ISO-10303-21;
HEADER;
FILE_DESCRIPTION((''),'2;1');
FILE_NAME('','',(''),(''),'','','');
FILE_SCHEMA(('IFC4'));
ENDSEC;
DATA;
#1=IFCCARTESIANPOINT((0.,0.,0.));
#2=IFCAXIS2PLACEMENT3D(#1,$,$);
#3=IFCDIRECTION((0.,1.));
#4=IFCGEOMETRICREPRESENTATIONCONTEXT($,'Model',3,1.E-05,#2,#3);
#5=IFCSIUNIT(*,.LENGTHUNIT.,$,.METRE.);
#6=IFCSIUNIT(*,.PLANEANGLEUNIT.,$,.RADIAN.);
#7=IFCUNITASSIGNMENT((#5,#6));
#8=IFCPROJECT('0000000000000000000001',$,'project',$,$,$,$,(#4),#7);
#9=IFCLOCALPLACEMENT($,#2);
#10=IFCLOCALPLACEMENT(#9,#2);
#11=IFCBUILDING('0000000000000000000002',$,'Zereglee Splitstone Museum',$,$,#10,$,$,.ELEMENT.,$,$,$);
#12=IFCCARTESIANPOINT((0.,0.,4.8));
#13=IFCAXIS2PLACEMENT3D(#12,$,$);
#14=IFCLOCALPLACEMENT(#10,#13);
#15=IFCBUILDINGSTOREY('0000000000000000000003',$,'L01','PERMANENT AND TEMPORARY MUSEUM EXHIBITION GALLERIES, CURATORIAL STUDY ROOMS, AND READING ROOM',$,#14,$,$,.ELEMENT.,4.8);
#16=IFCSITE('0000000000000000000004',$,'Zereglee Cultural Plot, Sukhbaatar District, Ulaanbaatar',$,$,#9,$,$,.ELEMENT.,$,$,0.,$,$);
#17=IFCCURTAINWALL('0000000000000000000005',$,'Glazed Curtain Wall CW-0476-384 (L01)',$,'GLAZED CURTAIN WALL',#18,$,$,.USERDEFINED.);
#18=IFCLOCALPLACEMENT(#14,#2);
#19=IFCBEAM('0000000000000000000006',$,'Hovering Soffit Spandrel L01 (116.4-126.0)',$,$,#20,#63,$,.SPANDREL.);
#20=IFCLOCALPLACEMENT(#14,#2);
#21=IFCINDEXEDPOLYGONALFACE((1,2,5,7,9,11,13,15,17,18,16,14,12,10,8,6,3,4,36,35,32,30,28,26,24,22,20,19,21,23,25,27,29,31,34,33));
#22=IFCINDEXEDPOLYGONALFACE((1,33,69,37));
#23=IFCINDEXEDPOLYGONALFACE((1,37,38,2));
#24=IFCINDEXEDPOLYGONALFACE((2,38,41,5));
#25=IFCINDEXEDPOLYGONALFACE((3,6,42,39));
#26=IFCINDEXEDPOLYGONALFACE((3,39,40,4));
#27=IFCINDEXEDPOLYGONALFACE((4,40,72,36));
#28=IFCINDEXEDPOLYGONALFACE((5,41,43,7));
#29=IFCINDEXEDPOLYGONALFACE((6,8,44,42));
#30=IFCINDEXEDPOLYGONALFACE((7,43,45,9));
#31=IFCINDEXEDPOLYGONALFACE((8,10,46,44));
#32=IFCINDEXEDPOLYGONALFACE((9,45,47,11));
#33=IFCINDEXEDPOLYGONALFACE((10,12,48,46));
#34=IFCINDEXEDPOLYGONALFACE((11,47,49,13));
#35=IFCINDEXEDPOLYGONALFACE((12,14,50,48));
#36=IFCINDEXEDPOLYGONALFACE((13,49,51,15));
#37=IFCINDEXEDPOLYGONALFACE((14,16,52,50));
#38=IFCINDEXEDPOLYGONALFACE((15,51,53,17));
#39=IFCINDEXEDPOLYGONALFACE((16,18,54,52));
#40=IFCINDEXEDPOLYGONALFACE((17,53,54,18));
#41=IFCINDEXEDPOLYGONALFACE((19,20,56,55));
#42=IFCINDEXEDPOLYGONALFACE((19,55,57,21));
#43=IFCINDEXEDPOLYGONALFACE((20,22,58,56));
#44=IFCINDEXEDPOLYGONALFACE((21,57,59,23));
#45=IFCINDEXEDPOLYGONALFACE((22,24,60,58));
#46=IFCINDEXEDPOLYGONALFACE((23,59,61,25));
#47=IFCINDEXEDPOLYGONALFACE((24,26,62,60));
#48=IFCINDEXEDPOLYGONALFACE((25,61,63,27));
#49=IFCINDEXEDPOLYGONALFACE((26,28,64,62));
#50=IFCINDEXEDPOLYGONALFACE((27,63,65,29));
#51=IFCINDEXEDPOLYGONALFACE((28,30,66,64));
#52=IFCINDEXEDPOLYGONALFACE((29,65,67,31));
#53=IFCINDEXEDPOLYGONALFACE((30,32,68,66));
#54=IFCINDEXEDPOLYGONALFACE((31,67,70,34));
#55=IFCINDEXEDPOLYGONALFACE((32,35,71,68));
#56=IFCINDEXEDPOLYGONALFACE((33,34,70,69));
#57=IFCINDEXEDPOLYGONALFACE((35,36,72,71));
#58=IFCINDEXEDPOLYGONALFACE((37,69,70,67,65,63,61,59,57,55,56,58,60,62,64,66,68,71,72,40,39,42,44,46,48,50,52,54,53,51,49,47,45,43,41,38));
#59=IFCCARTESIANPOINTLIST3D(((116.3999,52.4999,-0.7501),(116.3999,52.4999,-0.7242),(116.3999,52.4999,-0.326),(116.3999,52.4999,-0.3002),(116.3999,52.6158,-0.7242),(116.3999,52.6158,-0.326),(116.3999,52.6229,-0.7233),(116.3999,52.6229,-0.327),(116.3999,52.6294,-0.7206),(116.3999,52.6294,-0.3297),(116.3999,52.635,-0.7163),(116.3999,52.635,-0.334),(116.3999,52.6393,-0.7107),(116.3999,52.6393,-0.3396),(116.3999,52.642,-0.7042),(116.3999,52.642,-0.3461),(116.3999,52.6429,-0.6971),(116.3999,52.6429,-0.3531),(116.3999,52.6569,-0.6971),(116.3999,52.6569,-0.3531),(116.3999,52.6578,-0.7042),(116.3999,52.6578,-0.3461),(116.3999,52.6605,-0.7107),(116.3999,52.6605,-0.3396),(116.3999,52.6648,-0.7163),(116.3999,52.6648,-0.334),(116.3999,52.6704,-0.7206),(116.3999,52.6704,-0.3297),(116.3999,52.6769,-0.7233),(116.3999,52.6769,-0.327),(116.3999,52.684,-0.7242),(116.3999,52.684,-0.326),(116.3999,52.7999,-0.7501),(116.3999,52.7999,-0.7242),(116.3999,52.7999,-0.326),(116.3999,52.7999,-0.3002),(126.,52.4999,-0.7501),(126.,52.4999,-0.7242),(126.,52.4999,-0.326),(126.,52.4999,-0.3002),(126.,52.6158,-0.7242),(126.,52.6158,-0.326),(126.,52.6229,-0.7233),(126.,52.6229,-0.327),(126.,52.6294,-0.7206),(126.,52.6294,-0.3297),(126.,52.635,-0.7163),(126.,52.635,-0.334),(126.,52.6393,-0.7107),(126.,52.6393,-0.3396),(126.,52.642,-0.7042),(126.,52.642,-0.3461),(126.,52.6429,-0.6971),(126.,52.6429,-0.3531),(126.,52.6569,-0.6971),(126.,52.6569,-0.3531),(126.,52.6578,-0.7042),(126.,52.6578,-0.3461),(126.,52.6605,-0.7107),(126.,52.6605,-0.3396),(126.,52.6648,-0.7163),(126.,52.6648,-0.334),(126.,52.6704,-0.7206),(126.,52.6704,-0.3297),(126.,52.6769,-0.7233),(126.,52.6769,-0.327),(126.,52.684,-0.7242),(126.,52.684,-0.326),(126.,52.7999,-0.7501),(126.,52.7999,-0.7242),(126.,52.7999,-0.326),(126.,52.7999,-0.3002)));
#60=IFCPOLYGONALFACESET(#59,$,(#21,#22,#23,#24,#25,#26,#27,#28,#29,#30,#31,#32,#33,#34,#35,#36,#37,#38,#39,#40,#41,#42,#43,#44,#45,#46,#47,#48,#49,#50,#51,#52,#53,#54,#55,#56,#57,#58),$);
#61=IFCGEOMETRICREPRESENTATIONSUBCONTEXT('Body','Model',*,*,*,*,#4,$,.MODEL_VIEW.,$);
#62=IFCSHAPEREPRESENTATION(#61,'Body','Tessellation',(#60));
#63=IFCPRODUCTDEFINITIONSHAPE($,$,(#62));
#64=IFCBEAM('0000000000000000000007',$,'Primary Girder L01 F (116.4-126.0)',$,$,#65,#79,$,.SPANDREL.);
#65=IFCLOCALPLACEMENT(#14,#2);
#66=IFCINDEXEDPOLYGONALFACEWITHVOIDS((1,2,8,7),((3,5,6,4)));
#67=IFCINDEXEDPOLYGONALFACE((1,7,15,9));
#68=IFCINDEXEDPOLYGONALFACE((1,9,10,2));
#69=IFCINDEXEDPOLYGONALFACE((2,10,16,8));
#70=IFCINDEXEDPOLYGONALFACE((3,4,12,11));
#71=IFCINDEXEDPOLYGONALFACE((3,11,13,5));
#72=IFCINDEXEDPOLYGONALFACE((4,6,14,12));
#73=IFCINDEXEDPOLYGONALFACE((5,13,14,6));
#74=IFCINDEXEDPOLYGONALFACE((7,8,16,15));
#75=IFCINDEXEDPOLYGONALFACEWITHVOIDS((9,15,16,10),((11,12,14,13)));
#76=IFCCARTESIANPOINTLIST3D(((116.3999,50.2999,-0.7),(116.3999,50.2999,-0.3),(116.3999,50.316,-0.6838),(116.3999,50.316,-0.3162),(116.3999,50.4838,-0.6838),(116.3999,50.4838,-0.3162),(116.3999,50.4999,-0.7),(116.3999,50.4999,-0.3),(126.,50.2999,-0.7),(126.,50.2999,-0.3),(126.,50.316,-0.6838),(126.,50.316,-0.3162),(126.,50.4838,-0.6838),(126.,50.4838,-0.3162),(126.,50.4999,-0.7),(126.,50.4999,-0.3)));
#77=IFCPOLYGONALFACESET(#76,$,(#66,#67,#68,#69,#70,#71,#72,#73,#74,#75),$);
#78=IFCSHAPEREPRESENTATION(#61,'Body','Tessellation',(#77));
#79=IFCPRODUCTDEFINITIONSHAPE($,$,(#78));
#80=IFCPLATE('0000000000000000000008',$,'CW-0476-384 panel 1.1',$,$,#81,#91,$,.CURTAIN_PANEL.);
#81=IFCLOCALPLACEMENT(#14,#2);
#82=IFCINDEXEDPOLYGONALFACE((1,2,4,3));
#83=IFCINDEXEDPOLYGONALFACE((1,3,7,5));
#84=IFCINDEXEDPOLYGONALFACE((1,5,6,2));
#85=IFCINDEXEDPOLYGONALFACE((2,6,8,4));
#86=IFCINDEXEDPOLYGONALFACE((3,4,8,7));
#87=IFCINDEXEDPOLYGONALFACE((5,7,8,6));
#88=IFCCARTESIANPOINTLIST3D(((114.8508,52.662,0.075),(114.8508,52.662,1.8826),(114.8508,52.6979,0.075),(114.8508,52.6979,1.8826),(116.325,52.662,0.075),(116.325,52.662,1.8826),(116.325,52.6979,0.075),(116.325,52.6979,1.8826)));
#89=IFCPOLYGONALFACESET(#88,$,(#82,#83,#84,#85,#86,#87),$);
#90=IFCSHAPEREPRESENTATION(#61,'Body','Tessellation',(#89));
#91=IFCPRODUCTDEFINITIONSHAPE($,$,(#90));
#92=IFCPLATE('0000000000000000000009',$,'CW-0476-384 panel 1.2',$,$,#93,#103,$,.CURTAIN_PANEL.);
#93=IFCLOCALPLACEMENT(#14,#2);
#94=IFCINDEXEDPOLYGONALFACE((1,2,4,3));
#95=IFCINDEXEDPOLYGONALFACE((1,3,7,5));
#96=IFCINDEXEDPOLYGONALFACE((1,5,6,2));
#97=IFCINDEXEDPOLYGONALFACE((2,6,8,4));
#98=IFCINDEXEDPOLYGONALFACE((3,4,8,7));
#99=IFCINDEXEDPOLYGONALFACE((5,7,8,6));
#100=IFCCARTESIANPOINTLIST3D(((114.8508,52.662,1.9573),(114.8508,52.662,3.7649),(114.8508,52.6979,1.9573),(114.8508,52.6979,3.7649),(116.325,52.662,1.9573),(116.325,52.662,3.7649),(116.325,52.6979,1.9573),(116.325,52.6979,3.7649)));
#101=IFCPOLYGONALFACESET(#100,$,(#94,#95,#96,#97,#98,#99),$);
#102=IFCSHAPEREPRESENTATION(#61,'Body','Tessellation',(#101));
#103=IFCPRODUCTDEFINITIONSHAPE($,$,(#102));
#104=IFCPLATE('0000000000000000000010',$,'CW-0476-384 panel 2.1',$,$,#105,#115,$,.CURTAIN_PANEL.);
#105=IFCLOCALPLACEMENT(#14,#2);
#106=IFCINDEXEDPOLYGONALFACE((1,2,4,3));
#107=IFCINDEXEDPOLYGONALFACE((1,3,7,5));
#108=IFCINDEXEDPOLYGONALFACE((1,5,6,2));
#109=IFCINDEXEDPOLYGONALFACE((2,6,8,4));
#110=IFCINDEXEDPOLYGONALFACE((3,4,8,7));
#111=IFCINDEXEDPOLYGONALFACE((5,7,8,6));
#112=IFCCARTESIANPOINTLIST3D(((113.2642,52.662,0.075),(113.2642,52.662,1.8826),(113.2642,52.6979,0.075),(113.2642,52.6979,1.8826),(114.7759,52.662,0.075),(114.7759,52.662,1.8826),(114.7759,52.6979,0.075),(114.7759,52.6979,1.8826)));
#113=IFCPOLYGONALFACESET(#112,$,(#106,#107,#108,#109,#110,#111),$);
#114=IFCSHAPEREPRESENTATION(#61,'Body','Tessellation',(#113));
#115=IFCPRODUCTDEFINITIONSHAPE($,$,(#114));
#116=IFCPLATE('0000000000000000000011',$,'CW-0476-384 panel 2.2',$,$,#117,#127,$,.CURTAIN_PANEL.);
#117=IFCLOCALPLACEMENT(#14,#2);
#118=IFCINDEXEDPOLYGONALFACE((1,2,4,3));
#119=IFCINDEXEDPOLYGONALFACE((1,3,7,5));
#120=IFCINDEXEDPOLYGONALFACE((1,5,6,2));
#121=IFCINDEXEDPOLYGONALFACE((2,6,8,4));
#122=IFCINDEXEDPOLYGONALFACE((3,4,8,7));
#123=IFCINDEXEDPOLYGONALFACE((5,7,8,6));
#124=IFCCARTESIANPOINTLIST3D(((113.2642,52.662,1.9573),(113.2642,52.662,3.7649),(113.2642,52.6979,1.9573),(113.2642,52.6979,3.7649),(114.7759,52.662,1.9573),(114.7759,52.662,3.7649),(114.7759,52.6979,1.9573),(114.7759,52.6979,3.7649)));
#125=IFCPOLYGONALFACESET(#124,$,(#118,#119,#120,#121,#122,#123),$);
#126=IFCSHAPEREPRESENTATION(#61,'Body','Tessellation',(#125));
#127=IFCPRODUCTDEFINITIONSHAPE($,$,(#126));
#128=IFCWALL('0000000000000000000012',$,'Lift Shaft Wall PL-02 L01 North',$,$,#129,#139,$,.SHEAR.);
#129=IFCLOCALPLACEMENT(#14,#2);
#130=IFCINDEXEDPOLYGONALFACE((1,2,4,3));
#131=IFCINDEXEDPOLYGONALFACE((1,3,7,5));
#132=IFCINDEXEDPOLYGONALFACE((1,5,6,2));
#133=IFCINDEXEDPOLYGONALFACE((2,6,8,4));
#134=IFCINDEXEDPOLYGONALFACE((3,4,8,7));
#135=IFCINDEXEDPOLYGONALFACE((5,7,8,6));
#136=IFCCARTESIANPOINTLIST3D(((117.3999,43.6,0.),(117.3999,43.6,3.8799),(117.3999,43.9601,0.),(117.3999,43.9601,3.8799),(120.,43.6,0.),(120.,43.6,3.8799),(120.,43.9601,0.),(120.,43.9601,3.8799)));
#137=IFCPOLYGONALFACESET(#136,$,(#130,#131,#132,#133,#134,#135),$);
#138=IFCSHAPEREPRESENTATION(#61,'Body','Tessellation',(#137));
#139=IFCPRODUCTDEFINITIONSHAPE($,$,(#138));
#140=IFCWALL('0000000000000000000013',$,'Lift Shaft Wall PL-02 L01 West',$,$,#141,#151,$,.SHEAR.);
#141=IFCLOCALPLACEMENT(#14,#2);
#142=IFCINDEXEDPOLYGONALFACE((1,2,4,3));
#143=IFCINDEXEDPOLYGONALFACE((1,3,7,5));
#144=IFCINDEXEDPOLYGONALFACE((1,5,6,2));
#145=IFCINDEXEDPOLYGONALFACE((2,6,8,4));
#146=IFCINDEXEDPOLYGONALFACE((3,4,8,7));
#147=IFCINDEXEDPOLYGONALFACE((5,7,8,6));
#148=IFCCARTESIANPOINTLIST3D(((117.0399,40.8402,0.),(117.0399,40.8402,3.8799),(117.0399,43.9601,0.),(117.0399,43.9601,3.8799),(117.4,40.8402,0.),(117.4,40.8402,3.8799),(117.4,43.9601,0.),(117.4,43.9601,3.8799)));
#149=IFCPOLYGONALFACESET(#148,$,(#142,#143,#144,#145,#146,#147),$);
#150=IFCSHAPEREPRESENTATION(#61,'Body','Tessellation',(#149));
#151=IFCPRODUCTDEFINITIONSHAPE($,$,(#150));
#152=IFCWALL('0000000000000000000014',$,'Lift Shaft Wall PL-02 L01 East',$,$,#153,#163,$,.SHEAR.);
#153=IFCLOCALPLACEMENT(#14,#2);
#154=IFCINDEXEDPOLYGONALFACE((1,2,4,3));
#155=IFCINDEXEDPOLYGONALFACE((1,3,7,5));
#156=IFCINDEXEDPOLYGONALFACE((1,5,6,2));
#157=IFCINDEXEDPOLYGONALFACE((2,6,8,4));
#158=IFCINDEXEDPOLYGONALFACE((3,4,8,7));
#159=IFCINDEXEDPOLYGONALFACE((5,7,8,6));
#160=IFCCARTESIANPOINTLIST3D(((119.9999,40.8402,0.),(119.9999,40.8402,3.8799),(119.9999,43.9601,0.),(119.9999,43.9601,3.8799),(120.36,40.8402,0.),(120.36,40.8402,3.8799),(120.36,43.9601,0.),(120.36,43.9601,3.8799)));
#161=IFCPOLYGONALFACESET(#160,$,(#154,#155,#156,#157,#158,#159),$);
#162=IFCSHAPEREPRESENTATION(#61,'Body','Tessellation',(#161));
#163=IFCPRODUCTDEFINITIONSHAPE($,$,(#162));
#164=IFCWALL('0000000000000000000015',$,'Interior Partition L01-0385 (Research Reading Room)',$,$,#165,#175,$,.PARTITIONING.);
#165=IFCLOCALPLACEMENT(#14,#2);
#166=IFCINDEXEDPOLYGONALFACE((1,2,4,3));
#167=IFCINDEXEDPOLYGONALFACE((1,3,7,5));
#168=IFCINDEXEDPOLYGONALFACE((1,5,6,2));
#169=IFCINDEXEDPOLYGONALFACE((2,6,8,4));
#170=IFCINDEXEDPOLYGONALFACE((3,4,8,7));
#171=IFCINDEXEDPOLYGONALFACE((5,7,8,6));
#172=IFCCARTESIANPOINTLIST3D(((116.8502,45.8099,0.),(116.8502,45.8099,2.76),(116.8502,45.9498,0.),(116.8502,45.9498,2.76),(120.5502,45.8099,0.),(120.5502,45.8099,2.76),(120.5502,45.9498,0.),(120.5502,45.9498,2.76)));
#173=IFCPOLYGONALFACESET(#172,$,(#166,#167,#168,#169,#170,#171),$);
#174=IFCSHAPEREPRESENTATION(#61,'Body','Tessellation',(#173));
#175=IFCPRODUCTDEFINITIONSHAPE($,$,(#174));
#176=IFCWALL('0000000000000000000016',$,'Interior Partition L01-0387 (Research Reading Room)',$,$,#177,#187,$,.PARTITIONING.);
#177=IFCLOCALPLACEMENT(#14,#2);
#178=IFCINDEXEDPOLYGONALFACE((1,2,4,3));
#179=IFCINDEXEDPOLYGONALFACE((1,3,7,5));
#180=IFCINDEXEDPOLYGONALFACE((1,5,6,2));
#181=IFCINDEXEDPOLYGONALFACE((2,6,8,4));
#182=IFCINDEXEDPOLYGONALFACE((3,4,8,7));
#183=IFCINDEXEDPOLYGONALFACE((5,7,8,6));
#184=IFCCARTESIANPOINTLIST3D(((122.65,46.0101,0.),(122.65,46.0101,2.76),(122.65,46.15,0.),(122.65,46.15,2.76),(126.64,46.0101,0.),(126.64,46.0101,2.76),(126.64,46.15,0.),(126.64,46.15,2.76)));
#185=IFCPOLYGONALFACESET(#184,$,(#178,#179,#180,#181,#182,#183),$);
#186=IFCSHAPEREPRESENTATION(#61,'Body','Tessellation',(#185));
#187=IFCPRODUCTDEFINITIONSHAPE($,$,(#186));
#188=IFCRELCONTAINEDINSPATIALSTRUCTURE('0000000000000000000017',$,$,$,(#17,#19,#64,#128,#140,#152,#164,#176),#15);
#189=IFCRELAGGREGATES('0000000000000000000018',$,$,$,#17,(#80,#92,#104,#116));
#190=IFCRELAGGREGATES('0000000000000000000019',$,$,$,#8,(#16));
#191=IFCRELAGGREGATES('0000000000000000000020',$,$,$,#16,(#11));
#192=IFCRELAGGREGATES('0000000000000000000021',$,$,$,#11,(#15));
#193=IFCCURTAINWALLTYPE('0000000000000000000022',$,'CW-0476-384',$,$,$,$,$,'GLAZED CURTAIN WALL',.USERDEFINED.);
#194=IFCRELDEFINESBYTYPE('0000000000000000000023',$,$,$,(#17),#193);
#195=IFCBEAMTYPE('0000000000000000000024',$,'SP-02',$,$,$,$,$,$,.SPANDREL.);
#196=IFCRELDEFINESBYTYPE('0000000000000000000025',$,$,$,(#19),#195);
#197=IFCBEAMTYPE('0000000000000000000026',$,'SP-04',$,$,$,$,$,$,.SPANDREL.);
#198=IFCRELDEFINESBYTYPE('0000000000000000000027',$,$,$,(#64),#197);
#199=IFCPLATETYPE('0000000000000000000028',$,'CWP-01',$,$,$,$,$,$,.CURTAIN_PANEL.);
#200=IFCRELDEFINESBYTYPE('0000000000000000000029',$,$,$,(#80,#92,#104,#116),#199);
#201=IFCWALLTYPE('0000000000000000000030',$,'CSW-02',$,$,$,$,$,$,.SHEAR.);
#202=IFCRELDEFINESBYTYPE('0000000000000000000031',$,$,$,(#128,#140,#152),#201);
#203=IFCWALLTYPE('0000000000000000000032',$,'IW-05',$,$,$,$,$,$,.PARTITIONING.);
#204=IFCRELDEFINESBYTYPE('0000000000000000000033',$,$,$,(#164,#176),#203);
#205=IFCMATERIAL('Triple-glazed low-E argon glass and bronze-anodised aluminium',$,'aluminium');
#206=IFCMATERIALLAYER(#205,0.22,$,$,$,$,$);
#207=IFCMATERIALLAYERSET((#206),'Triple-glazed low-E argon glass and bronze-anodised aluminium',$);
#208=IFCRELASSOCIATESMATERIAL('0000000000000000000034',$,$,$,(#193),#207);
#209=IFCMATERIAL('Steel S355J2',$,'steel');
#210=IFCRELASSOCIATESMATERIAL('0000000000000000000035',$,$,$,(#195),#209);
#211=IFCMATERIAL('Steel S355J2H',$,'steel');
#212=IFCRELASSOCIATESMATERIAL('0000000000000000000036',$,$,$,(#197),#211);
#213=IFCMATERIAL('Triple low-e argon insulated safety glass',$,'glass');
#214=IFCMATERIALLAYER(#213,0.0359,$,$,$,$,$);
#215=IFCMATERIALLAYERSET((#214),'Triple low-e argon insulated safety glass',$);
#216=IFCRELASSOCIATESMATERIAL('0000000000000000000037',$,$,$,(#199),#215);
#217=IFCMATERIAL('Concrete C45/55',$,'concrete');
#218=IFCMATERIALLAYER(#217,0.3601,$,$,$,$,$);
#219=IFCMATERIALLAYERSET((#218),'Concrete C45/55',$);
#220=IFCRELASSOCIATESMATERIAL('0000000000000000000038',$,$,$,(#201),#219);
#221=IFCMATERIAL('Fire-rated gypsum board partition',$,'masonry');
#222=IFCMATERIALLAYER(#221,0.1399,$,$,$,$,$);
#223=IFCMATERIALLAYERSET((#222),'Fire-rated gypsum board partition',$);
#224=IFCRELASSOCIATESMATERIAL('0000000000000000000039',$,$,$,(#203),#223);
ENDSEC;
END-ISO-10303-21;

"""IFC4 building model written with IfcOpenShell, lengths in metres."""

from ifc_helpers import new_model, si_unit, direction, frame, frame_2d, origin, origin_2d, place, context, subcontext, project, spatial, rectangle, hollow_rectangle, i_section, extrude, material, layer, layer_set, material_profile, profile_set, type_object, element, aggregate, save


model = new_model("IFC4")

# Units and contexts
model_context = context("Model", 3, precision=1e-05, world=origin(), true_north=direction((0.0, 1.0)))
body_context = subcontext(model_context, "Body", "Model", "MODEL_VIEW")
ifc_project = project(units=[si_unit("LENGTHUNIT", "METRE"), si_unit("PLANEANGLEUNIT", "RADIAN")], contexts=[model_context])

# Site, building, storey
site_placement = place(None, origin())
site = spatial("IfcSite", under=ifc_project, at=site_placement, Name="Zereglee Cultural Plot, Sukhbaatar District, Ulaanbaatar", CompositionType="ELEMENT", RefElevation=0.0)
building_placement = place(site_placement, origin())
building = spatial("IfcBuilding", under=site, at=building_placement, Name="Zereglee Splitstone Museum", CompositionType="ELEMENT")
storey_placement = place(building_placement, frame((0.0, 0.0, 4.8)))
storey = spatial("IfcBuildingStorey", under=building, at=storey_placement, Name="L01", Description="PERMANENT AND TEMPORARY MUSEUM EXHIBITION GALLERIES, CURATORIAL STUDY ROOMS, AND READING ROOM", CompositionType="ELEMENT", Elevation=4.8)

# Shared definitions
ifc_material_1 = material(Name="Steel S355J2", Category="steel")

# Curtain wall
ifc_material_2 = material(Name="Triple-glazed low-E argon glass and bronze-anodised aluminium", Category="aluminium")
ifc_layer_1 = layer(ifc_material_2, 0.22)
ifc_layer_set_1 = layer_set([ifc_layer_1], Name="Triple-glazed low-E argon glass and bronze-anodised aluminium")
curtain_wall_type = type_object("IfcCurtainWallType", Name="CW-0476-384", ElementType="GLAZED CURTAIN WALL", PredefinedType="USERDEFINED", material=ifc_layer_set_1)
curtain_wall_placement = place(storey_placement, origin())
curtain_wall = element("IfcCurtainWall", 1, at=curtain_wall_placement, inside=storey, type_object=curtain_wall_type, Name="Glazed Curtain Wall CW-0476-384 (L01)", ObjectType="GLAZED CURTAIN WALL", PredefinedType="USERDEFINED")

# Beams
ifc_material_profile_1 = material_profile(ifc_material_1, i_section(OverallWidth=0.3, OverallDepth=0.45, WebThickness=0.0139, FlangeThickness=0.0259, FilletRadius=0.0271, at=origin_2d()), Name="HE 450 B")
ifc_profile_set_1 = profile_set([ifc_material_profile_1], Name="Steel S355J2")
beam_type_1 = type_object("IfcBeamType", Name="SP-02", PredefinedType="SPANDREL", material=ifc_profile_set_1)
beam_1_placement = place(storey_placement, frame((116.3999, 52.6499, -0.5251), z_axis=(1.0, 0.0, 0.0), x_axis=(0.0, 1.0, 0.0)))
element("IfcBeam", 2, at=beam_1_placement, inside=storey, type_object=beam_type_1, Name="Hovering Soffit Spandrel L01 (116.4-126.0)", PredefinedType="SPANDREL", context=body_context, shape_type="SweptSolid", body=[
    extrude(i_section(OverallWidth=0.3, OverallDepth=0.45, WebThickness=0.0139, FlangeThickness=0.0259, FilletRadius=0.0271, at=origin_2d()), origin(), (0.0, 0.0, 1.0), 9.6001),
])
ifc_material_3 = material(Name="Steel S355J2H", Category="steel")
ifc_material_profile_2 = material_profile(ifc_material_3, hollow_rectangle(XDim=0.2, YDim=0.3999, WallThickness=0.0161, at=origin_2d()), Name="RHS 400x200x16")
ifc_profile_set_2 = profile_set([ifc_material_profile_2], Name="Steel S355J2H")
beam_type_2 = type_object("IfcBeamType", Name="SP-04", PredefinedType="SPANDREL", material=ifc_profile_set_2)
beam_2_placement = place(storey_placement, frame((116.3999, 50.3999, -0.5), z_axis=(1.0, 0.0, 0.0), x_axis=(0.0, 1.0, 0.0)))
element("IfcBeam", 3, at=beam_2_placement, inside=storey, type_object=beam_type_2, Name="Primary Girder L01 F (116.4-126.0)", PredefinedType="SPANDREL", context=body_context, shape_type="SweptSolid", body=[
    extrude(hollow_rectangle(XDim=0.2, YDim=0.3999, WallThickness=0.0161, at=origin_2d()), origin(), (0.0, 0.0, 1.0), 9.6001),
])

# Plates
ifc_material_4 = material(Name="Triple low-e argon insulated safety glass", Category="glass")
ifc_layer_2 = layer(ifc_material_4, 0.0359)
ifc_layer_set_2 = layer_set([ifc_layer_2], Name="Triple low-e argon insulated safety glass")
plate_type = type_object("IfcPlateType", Name="CWP-01", PredefinedType="CURTAIN_PANEL", material=ifc_layer_set_2)
plate_1_placement = place(storey_placement, frame((115.5879, 52.6799, 0.075), z_axis=(0.0, 0.0, 1.0), x_axis=(-1.0, 0.0, 0.0)))
plate_1 = element("IfcPlate", 4, at=plate_1_placement, type_object=plate_type, Name="CW-0476-384 panel 1.1", PredefinedType="CURTAIN_PANEL", context=body_context, shape_type="SweptSolid", body=[
    extrude(rectangle(XDim=1.4741, YDim=0.0359, at=origin_2d()), origin(), (0.0, 0.0, 1.0), 1.8076),
])
plate_2_placement = place(storey_placement, frame((115.5879, 52.6799, 1.9573), z_axis=(0.0, 0.0, 1.0), x_axis=(-1.0, 0.0, 0.0)))
plate_2 = element("IfcPlate", 5, at=plate_2_placement, type_object=plate_type, Name="CW-0476-384 panel 1.2", PredefinedType="CURTAIN_PANEL", context=body_context, shape_type="SweptSolid", body=[
    extrude(rectangle(XDim=1.4741, YDim=0.0359, at=origin_2d()), origin(), (0.0, 0.0, 1.0), 1.8076),
])
plate_3_placement = place(storey_placement, frame((114.02, 52.6799, 0.075), z_axis=(0.0, 0.0, 1.0), x_axis=(-1.0, 0.0, 0.0)))
plate_3 = element("IfcPlate", 6, at=plate_3_placement, type_object=plate_type, Name="CW-0476-384 panel 2.1", PredefinedType="CURTAIN_PANEL", context=body_context, shape_type="SweptSolid", body=[
    extrude(rectangle(XDim=1.5117, YDim=0.0359, at=origin_2d()), origin(), (0.0, 0.0, 1.0), 1.8076),
])
plate_4_placement = place(storey_placement, frame((114.02, 52.6799, 1.9573), z_axis=(0.0, 0.0, 1.0), x_axis=(-1.0, 0.0, 0.0)))
plate_4 = element("IfcPlate", 7, at=plate_4_placement, type_object=plate_type, Name="CW-0476-384 panel 2.2", PredefinedType="CURTAIN_PANEL", context=body_context, shape_type="SweptSolid", body=[
    extrude(rectangle(XDim=1.5117, YDim=0.0359, at=origin_2d()), origin(), (0.0, 0.0, 1.0), 1.8076),
])
aggregate(curtain_wall, [plate_1, plate_2, plate_3, plate_4])

# Wall
ifc_material_5 = material(Name="Concrete C45/55", Category="concrete")
ifc_layer_3 = layer(ifc_material_5, 0.3601)
ifc_layer_set_3 = layer_set([ifc_layer_3], Name="Concrete C45/55")
wall_type_1 = type_object("IfcWallType", Name="CSW-02", PredefinedType="SHEAR", material=ifc_layer_set_3)
wall_1_placement = place(storey_placement, frame((117.3999, 43.78, 0.0), z_axis=(0.0, 0.0, 1.0), x_axis=(1.0, 0.0, 0.0)))
element("IfcWall", 8, at=wall_1_placement, inside=storey, type_object=wall_type_1, Name="Lift Shaft Wall PL-02 L01 North", PredefinedType="SHEAR", context=body_context, shape_type="SweptSolid", body=[
    extrude(rectangle(XDim=2.6001, YDim=0.3601, at=frame_2d((1.3, 0.0))), origin(), (0.0, 0.0, 1.0), 3.8799),
])

# Walls
for number, where, z_axis, x_axis, name in (
    (9, (117.22, 40.8401, 0.0), (0.0, 0.0, 1.0), (0.0, 1.0, 0.0), "Lift Shaft Wall PL-02 L01 West"),
    (10, (120.1799, 40.8401, 0.0), (0.0, 0.0, 1.0), (0.0, 1.0, 0.0), "Lift Shaft Wall PL-02 L01 East"),
):
    element("IfcWall", number, at=place(storey_placement, frame(where, z_axis=z_axis, x_axis=x_axis)), inside=storey, type_object=wall_type_1, Name=name, PredefinedType="SHEAR", context=body_context, shape_type="SweptSolid", body=[
        extrude(rectangle(XDim=3.1199, YDim=0.3601, at=frame_2d((1.5601, 0.0))), origin(), (0.0, 0.0, 1.0), 3.8799),
    ])
ifc_material_6 = material(Name="Fire-rated gypsum board partition", Category="masonry")
ifc_layer_4 = layer(ifc_material_6, 0.1399)
ifc_layer_set_4 = layer_set([ifc_layer_4], Name="Fire-rated gypsum board partition")
wall_type_2 = type_object("IfcWallType", Name="IW-05", PredefinedType="PARTITIONING", material=ifc_layer_set_4)
wall_2_placement = place(storey_placement, frame((116.8501, 45.8799, 0.0), z_axis=(0.0, 0.0, 1.0), x_axis=(1.0, 0.0, 0.0)))
element("IfcWall", 11, at=wall_2_placement, inside=storey, type_object=wall_type_2, Name="Interior Partition L01-0385 (Research Reading Room)", PredefinedType="PARTITIONING", context=body_context, shape_type="SweptSolid", body=[
    extrude(rectangle(XDim=3.7, YDim=0.1399, at=frame_2d((1.8501, 0.0))), origin(), (0.0, 0.0, 1.0), 2.76),
])
wall_3_placement = place(storey_placement, frame((122.6499, 46.0801, 0.0), z_axis=(0.0, 0.0, 1.0), x_axis=(1.0, 0.0, 0.0)))
element("IfcWall", 12, at=wall_3_placement, inside=storey, type_object=wall_type_2, Name="Interior Partition L01-0387 (Research Reading Room)", PredefinedType="PARTITIONING", context=body_context, shape_type="SweptSolid", body=[
    extrude(rectangle(XDim=3.99, YDim=0.1399, at=frame_2d((1.9951, 0.0))), origin(), (0.0, 0.0, 1.0), 2.76),
])

save(model, "model.ifc")
